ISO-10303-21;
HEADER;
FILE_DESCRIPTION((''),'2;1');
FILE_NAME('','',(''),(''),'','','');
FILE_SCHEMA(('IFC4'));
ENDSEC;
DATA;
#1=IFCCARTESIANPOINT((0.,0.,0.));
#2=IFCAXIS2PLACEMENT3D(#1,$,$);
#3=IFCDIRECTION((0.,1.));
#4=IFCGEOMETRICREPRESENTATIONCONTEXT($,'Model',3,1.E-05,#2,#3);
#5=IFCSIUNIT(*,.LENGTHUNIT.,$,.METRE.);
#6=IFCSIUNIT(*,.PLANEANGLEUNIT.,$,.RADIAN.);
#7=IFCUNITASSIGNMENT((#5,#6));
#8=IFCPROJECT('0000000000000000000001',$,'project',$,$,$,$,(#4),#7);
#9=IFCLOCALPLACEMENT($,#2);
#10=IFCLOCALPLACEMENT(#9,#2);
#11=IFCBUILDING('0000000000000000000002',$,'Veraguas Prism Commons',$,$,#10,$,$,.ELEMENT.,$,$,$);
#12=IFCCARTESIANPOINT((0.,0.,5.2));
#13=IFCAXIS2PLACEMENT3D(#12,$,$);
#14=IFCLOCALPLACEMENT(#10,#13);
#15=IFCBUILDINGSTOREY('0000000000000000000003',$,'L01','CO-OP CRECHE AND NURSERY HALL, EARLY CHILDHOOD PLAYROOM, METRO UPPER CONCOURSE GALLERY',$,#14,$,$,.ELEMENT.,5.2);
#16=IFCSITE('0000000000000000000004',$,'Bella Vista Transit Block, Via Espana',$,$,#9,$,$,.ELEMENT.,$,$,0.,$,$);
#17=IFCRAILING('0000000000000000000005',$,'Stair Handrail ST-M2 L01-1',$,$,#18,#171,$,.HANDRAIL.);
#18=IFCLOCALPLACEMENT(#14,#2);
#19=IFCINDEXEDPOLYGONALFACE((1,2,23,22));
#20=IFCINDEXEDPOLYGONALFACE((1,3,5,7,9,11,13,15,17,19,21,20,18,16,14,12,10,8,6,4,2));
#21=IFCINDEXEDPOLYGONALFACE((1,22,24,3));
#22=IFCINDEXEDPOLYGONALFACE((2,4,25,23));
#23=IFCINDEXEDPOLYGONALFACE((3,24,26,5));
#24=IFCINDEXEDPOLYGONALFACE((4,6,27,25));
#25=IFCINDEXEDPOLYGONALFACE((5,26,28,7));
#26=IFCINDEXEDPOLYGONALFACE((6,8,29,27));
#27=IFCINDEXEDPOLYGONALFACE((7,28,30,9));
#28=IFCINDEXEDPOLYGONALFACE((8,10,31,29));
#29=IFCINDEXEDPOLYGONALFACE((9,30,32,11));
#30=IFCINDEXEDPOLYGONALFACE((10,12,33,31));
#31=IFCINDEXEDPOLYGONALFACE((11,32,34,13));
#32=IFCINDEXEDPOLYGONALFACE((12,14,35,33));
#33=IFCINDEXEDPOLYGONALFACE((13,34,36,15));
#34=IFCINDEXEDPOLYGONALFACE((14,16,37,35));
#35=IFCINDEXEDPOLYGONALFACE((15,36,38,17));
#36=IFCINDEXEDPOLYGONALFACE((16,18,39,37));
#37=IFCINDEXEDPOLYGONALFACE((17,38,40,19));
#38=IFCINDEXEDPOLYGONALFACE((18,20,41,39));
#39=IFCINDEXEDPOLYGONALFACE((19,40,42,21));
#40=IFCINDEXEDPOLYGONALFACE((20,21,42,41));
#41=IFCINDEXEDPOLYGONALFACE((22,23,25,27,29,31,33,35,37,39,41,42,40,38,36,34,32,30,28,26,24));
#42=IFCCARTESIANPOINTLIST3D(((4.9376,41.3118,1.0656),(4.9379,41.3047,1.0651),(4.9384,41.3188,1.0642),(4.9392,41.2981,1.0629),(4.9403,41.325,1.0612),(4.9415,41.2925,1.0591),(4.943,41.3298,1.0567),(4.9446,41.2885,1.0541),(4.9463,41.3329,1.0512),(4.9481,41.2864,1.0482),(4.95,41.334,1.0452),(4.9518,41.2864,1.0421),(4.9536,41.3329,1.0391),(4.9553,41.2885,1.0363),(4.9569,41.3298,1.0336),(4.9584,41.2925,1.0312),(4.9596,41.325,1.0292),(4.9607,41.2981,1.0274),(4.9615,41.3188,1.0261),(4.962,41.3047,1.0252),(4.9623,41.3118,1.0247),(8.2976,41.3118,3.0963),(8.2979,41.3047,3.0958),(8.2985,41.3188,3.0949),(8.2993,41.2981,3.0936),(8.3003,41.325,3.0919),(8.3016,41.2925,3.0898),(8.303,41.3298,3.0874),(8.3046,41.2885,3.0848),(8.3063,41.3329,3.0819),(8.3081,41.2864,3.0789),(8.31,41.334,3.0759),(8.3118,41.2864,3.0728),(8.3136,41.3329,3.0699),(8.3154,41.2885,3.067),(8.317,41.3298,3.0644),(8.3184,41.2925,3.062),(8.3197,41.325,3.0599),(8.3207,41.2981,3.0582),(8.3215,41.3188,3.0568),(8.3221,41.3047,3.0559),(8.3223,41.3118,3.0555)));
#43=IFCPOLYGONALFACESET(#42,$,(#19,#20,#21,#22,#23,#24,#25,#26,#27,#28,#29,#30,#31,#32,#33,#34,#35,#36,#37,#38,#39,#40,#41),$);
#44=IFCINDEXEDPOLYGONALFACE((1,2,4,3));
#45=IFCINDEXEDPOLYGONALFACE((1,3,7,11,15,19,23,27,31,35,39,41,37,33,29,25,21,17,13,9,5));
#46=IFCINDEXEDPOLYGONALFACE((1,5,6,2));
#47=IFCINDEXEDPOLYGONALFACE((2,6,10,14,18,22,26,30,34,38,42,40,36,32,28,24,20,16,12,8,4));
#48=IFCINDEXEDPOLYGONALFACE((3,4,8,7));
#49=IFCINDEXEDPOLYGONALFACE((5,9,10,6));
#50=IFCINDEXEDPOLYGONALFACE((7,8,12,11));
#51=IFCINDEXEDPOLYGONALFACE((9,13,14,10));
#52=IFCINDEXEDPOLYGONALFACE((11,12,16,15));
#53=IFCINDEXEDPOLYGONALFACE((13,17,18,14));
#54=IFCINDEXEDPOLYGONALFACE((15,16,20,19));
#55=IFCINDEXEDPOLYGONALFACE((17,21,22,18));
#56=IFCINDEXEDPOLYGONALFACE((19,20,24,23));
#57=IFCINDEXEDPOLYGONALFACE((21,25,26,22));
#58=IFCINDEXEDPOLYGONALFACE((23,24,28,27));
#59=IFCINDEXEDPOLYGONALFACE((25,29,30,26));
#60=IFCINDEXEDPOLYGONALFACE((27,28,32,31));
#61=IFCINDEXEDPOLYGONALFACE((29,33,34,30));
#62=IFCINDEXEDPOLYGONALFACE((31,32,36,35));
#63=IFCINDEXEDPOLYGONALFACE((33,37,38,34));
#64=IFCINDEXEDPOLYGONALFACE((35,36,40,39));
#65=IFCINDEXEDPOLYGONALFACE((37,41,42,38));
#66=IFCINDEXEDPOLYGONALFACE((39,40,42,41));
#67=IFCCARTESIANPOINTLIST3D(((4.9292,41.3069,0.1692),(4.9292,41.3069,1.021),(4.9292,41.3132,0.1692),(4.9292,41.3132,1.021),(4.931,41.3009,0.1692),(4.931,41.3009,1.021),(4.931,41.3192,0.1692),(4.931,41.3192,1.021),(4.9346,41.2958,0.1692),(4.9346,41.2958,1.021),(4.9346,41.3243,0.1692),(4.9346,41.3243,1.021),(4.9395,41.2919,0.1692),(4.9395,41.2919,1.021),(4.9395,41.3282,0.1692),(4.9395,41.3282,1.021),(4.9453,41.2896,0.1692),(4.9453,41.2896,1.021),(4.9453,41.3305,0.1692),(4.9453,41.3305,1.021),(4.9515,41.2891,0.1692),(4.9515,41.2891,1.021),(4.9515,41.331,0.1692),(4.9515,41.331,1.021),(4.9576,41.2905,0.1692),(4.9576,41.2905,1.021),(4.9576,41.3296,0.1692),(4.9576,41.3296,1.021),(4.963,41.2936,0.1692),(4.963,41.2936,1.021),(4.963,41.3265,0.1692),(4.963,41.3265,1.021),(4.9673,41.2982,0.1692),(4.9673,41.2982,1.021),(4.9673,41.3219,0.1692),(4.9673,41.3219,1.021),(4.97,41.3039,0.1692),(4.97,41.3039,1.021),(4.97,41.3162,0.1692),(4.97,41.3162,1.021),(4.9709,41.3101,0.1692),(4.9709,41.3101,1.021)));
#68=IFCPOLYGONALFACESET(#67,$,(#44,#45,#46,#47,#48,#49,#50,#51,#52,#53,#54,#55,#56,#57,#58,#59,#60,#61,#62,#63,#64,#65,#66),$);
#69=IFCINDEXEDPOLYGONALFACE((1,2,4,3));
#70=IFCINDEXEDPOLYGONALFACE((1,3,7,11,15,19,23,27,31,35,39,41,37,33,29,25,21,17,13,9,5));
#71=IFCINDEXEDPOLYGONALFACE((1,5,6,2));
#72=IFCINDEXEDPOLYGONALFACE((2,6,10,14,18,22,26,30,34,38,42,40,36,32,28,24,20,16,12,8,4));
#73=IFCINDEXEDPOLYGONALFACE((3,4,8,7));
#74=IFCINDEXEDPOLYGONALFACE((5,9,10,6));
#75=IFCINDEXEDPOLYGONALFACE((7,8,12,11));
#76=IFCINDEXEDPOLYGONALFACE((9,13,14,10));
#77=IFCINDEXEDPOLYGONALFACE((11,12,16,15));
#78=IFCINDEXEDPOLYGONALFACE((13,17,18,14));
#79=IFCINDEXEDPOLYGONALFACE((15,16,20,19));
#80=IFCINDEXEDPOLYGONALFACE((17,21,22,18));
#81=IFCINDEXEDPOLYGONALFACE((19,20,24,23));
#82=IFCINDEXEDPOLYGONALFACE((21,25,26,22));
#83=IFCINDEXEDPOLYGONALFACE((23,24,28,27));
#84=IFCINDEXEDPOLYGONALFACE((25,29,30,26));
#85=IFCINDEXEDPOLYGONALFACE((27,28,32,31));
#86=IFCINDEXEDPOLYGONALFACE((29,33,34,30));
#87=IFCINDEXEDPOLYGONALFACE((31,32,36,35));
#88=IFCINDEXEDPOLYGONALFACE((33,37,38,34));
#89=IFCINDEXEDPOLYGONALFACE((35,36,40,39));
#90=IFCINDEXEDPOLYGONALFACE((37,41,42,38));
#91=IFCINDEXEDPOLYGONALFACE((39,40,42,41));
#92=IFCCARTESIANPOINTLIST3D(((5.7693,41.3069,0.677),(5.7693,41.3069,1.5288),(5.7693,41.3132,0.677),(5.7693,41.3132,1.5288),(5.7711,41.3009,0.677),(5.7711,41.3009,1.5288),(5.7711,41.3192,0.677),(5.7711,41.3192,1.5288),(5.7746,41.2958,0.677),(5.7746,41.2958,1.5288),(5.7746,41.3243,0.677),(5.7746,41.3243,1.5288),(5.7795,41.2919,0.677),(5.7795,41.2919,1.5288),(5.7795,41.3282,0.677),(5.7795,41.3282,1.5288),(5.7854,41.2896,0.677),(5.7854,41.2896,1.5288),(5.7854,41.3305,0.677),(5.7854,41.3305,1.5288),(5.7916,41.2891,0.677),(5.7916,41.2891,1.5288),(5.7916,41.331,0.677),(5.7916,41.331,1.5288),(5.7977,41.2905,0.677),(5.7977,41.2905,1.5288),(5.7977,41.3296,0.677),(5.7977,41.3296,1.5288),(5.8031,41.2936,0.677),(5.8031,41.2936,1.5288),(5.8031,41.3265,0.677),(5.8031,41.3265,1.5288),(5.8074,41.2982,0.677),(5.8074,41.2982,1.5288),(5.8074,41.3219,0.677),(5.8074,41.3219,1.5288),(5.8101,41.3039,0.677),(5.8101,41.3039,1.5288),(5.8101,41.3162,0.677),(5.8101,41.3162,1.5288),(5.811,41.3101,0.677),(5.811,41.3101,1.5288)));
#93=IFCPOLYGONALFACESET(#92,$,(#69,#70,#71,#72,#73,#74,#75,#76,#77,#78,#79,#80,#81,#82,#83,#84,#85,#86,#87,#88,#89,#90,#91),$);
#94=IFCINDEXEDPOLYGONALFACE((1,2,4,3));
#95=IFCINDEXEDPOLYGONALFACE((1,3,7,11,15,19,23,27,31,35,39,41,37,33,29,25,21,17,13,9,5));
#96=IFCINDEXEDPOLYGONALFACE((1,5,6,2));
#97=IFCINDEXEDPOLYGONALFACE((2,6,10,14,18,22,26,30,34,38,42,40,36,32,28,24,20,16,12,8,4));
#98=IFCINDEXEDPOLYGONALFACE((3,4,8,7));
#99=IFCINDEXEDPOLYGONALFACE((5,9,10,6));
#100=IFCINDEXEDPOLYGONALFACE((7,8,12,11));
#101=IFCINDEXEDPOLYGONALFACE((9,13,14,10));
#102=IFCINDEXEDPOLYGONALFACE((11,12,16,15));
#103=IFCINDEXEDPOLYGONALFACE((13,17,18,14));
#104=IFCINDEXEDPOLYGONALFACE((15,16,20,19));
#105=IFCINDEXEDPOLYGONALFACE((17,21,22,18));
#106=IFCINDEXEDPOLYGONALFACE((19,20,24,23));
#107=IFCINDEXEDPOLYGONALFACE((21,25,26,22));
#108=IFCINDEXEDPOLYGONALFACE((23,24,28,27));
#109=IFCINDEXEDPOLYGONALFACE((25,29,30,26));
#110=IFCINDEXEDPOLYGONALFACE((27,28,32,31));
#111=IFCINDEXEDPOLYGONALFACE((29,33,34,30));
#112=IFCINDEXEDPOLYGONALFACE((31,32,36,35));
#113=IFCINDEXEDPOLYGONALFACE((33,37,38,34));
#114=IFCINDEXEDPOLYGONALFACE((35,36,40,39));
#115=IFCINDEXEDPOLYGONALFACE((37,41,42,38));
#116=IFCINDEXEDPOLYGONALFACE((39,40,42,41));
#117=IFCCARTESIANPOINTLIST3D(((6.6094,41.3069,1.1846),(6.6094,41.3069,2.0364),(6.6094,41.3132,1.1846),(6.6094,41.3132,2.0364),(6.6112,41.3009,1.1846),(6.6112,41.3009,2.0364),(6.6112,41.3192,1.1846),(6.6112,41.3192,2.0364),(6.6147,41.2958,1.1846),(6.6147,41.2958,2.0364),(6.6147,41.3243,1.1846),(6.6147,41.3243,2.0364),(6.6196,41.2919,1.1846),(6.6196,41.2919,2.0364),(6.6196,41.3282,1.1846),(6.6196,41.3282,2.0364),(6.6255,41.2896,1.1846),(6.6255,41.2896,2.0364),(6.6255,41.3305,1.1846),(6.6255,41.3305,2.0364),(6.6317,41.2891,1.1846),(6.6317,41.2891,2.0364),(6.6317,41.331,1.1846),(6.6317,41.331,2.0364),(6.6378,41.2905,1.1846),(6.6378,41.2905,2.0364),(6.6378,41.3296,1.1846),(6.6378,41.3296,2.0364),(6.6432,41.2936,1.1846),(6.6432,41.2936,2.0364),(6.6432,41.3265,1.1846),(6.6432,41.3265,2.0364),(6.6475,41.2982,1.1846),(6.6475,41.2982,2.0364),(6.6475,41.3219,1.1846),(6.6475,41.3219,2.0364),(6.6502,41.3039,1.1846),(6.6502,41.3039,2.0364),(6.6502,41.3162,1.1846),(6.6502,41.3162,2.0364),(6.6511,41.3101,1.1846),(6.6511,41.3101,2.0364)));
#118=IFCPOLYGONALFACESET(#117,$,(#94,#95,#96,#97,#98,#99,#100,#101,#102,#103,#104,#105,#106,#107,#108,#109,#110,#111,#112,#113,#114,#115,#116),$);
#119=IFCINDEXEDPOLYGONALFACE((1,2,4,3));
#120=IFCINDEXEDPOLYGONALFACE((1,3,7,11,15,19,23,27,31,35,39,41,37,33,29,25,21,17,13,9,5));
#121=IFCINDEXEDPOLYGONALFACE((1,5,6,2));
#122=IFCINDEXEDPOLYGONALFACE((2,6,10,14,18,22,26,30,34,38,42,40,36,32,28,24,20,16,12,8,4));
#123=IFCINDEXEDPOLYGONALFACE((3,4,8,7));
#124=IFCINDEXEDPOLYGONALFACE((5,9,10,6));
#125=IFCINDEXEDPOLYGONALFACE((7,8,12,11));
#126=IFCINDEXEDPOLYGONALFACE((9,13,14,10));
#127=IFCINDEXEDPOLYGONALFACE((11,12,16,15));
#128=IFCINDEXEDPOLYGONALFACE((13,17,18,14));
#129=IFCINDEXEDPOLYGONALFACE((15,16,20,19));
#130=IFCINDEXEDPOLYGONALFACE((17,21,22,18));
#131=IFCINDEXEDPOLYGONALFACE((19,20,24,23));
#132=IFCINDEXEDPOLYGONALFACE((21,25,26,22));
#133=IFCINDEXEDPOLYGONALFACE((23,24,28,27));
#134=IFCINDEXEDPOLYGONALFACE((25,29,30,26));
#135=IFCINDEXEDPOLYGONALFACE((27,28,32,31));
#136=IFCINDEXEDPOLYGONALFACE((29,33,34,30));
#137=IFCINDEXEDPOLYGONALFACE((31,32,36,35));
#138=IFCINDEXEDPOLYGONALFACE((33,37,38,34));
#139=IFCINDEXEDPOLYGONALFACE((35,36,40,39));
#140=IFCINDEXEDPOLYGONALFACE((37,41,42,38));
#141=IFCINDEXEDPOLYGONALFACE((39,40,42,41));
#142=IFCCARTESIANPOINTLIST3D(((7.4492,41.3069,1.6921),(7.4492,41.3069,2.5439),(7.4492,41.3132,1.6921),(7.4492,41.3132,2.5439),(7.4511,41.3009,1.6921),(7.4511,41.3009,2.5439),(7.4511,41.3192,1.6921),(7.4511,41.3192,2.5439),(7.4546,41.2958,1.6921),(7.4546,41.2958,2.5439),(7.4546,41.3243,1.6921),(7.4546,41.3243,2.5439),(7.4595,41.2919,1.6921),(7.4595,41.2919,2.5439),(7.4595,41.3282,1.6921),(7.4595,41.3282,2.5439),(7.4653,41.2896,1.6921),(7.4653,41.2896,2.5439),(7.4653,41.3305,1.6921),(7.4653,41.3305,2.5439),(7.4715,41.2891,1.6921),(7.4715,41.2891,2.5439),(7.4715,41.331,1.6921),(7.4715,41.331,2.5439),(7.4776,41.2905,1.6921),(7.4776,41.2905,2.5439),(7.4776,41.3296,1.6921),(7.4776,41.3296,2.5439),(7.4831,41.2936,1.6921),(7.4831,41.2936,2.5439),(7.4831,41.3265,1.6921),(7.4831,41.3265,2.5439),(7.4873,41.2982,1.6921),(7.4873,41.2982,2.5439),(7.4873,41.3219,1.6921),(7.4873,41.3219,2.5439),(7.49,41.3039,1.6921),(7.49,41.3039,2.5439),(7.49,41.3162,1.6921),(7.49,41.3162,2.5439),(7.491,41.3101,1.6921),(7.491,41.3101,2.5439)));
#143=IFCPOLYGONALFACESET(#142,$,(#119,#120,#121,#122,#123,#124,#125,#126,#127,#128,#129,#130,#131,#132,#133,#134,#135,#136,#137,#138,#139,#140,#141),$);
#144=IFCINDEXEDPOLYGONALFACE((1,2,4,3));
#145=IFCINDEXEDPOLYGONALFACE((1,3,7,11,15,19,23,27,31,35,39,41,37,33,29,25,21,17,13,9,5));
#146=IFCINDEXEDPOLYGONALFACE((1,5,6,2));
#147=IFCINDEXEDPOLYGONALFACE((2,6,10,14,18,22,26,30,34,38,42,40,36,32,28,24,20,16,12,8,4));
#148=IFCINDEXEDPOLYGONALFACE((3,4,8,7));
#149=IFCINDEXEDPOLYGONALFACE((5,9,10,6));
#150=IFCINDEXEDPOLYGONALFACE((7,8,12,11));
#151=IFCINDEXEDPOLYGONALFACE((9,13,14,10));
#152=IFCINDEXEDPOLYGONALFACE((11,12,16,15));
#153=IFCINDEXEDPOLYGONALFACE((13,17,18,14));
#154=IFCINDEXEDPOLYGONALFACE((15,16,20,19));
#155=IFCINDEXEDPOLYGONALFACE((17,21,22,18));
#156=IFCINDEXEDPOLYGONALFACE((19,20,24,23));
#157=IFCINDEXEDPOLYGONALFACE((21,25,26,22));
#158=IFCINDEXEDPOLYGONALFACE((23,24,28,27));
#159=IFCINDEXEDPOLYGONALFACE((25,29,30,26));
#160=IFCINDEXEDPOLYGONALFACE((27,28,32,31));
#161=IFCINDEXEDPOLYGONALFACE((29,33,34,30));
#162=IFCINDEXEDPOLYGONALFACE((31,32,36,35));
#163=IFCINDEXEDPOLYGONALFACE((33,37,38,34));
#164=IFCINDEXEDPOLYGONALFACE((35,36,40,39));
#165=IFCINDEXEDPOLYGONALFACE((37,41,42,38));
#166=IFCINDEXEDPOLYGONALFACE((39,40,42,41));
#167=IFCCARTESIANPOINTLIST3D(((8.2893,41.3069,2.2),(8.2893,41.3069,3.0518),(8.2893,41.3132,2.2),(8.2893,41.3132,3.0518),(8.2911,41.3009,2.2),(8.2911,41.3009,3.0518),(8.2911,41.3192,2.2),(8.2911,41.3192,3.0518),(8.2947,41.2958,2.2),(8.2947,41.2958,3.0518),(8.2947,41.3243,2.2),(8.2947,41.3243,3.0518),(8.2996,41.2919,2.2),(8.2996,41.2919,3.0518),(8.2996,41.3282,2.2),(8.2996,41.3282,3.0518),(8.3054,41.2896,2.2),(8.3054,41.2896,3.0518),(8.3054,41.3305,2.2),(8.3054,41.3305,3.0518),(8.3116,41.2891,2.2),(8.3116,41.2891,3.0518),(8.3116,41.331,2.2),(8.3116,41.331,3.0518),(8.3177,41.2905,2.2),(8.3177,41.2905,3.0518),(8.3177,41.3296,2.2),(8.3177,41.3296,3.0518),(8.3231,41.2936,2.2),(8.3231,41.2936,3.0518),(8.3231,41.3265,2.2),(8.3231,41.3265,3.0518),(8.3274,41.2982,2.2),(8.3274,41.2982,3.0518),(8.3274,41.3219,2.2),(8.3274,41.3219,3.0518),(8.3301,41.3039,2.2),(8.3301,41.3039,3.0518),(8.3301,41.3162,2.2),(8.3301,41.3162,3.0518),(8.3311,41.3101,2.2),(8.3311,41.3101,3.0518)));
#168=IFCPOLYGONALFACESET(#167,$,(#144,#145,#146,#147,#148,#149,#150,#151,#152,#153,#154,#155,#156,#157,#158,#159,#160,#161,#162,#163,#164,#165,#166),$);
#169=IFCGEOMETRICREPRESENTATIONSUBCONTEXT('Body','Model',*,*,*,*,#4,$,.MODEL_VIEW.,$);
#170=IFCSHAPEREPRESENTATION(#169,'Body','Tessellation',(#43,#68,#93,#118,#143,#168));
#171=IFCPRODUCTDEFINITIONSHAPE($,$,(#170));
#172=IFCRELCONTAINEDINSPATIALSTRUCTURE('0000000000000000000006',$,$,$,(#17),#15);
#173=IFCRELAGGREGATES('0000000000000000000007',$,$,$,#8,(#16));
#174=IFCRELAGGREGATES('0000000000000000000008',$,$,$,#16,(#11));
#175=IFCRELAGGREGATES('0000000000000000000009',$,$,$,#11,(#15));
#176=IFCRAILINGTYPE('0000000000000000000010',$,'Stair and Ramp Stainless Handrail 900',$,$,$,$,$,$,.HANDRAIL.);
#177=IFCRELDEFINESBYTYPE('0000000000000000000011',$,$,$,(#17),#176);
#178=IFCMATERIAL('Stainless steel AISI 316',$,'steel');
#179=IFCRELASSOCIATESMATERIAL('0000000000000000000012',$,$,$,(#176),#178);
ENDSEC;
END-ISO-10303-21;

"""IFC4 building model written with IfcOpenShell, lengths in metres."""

from ifc_helpers import new_model, si_unit, direction, frame, origin, origin_2d, place, context, subcontext, project, spatial, circle, extrude, material, type_object, element, save


model = new_model("IFC4")

# Units and contexts
model_context = context("Model", 3, precision=1e-05, world=origin(), true_north=direction((0.0, 1.0)))
body_context = subcontext(model_context, "Body", "Model", "MODEL_VIEW")
ifc_project = project(units=[si_unit("LENGTHUNIT", "METRE"), si_unit("PLANEANGLEUNIT", "RADIAN")], contexts=[model_context])

# Site, building, storey
site_placement = place(None, origin())
site = spatial("IfcSite", under=ifc_project, at=site_placement, Name="Bella Vista Transit Block, Via Espana", CompositionType="ELEMENT", RefElevation=0.0)
building_placement = place(site_placement, origin())
building = spatial("IfcBuilding", under=site, at=building_placement, Name="Veraguas Prism Commons", CompositionType="ELEMENT")
storey_placement = place(building_placement, frame((0.0, 0.0, 5.2)))
storey = spatial("IfcBuildingStorey", under=building, at=storey_placement, Name="L01", Description="CO-OP CRECHE AND NURSERY HALL, EARLY CHILDHOOD PLAYROOM, METRO UPPER CONCOURSE GALLERY", CompositionType="ELEMENT", Elevation=5.2)

# Railing
ifc_material_1 = material(Name="Stainless steel AISI 316", Category="steel")
railing_type_1 = type_object("IfcRailingType", Name="Stair and Ramp Stainless Handrail 900", PredefinedType="HANDRAIL", material=ifc_material_1)
railing_1_placement = place(storey_placement, frame((4.95, 41.3101, 0.1692)))
element("IfcRailing", 1, at=railing_1_placement, inside=storey, type_object=railing_type_1, Name="Stair Handrail ST-M2 L01-1", PredefinedType="HANDRAIL", context=body_context, shape_type="SweptSolid", body=[
    extrude(circle(Radius=0.0239, at=origin_2d()), frame((0.0, 0.0, 0.876), z_axis=(0.855837, 0.0, 0.517246), x_axis=(0.0, 1.0, 0.0)), (0.0, 0.0, 1.0), 3.926),
    extrude(circle(Radius=0.021, at=origin_2d()), origin(), (0.0, 0.0, 1.0), 0.8518),
    extrude(circle(Radius=0.021, at=origin_2d()), frame((0.8401, 0.0, 0.5078)), (0.0, 0.0, 1.0), 0.8518),
    extrude(circle(Radius=0.021, at=origin_2d()), frame((1.6802, 0.0, 1.0154)), (0.0, 0.0, 1.0), 0.8518),
    extrude(circle(Radius=0.021, at=origin_2d()), frame((2.52, 0.0, 1.5229)), (0.0, 0.0, 1.0), 0.8518),
    extrude(circle(Radius=0.021, at=origin_2d()), frame((3.3601, 0.0, 2.0308)), (0.0, 0.0, 1.0), 0.8518),
])

save(model, "model.ifc")
